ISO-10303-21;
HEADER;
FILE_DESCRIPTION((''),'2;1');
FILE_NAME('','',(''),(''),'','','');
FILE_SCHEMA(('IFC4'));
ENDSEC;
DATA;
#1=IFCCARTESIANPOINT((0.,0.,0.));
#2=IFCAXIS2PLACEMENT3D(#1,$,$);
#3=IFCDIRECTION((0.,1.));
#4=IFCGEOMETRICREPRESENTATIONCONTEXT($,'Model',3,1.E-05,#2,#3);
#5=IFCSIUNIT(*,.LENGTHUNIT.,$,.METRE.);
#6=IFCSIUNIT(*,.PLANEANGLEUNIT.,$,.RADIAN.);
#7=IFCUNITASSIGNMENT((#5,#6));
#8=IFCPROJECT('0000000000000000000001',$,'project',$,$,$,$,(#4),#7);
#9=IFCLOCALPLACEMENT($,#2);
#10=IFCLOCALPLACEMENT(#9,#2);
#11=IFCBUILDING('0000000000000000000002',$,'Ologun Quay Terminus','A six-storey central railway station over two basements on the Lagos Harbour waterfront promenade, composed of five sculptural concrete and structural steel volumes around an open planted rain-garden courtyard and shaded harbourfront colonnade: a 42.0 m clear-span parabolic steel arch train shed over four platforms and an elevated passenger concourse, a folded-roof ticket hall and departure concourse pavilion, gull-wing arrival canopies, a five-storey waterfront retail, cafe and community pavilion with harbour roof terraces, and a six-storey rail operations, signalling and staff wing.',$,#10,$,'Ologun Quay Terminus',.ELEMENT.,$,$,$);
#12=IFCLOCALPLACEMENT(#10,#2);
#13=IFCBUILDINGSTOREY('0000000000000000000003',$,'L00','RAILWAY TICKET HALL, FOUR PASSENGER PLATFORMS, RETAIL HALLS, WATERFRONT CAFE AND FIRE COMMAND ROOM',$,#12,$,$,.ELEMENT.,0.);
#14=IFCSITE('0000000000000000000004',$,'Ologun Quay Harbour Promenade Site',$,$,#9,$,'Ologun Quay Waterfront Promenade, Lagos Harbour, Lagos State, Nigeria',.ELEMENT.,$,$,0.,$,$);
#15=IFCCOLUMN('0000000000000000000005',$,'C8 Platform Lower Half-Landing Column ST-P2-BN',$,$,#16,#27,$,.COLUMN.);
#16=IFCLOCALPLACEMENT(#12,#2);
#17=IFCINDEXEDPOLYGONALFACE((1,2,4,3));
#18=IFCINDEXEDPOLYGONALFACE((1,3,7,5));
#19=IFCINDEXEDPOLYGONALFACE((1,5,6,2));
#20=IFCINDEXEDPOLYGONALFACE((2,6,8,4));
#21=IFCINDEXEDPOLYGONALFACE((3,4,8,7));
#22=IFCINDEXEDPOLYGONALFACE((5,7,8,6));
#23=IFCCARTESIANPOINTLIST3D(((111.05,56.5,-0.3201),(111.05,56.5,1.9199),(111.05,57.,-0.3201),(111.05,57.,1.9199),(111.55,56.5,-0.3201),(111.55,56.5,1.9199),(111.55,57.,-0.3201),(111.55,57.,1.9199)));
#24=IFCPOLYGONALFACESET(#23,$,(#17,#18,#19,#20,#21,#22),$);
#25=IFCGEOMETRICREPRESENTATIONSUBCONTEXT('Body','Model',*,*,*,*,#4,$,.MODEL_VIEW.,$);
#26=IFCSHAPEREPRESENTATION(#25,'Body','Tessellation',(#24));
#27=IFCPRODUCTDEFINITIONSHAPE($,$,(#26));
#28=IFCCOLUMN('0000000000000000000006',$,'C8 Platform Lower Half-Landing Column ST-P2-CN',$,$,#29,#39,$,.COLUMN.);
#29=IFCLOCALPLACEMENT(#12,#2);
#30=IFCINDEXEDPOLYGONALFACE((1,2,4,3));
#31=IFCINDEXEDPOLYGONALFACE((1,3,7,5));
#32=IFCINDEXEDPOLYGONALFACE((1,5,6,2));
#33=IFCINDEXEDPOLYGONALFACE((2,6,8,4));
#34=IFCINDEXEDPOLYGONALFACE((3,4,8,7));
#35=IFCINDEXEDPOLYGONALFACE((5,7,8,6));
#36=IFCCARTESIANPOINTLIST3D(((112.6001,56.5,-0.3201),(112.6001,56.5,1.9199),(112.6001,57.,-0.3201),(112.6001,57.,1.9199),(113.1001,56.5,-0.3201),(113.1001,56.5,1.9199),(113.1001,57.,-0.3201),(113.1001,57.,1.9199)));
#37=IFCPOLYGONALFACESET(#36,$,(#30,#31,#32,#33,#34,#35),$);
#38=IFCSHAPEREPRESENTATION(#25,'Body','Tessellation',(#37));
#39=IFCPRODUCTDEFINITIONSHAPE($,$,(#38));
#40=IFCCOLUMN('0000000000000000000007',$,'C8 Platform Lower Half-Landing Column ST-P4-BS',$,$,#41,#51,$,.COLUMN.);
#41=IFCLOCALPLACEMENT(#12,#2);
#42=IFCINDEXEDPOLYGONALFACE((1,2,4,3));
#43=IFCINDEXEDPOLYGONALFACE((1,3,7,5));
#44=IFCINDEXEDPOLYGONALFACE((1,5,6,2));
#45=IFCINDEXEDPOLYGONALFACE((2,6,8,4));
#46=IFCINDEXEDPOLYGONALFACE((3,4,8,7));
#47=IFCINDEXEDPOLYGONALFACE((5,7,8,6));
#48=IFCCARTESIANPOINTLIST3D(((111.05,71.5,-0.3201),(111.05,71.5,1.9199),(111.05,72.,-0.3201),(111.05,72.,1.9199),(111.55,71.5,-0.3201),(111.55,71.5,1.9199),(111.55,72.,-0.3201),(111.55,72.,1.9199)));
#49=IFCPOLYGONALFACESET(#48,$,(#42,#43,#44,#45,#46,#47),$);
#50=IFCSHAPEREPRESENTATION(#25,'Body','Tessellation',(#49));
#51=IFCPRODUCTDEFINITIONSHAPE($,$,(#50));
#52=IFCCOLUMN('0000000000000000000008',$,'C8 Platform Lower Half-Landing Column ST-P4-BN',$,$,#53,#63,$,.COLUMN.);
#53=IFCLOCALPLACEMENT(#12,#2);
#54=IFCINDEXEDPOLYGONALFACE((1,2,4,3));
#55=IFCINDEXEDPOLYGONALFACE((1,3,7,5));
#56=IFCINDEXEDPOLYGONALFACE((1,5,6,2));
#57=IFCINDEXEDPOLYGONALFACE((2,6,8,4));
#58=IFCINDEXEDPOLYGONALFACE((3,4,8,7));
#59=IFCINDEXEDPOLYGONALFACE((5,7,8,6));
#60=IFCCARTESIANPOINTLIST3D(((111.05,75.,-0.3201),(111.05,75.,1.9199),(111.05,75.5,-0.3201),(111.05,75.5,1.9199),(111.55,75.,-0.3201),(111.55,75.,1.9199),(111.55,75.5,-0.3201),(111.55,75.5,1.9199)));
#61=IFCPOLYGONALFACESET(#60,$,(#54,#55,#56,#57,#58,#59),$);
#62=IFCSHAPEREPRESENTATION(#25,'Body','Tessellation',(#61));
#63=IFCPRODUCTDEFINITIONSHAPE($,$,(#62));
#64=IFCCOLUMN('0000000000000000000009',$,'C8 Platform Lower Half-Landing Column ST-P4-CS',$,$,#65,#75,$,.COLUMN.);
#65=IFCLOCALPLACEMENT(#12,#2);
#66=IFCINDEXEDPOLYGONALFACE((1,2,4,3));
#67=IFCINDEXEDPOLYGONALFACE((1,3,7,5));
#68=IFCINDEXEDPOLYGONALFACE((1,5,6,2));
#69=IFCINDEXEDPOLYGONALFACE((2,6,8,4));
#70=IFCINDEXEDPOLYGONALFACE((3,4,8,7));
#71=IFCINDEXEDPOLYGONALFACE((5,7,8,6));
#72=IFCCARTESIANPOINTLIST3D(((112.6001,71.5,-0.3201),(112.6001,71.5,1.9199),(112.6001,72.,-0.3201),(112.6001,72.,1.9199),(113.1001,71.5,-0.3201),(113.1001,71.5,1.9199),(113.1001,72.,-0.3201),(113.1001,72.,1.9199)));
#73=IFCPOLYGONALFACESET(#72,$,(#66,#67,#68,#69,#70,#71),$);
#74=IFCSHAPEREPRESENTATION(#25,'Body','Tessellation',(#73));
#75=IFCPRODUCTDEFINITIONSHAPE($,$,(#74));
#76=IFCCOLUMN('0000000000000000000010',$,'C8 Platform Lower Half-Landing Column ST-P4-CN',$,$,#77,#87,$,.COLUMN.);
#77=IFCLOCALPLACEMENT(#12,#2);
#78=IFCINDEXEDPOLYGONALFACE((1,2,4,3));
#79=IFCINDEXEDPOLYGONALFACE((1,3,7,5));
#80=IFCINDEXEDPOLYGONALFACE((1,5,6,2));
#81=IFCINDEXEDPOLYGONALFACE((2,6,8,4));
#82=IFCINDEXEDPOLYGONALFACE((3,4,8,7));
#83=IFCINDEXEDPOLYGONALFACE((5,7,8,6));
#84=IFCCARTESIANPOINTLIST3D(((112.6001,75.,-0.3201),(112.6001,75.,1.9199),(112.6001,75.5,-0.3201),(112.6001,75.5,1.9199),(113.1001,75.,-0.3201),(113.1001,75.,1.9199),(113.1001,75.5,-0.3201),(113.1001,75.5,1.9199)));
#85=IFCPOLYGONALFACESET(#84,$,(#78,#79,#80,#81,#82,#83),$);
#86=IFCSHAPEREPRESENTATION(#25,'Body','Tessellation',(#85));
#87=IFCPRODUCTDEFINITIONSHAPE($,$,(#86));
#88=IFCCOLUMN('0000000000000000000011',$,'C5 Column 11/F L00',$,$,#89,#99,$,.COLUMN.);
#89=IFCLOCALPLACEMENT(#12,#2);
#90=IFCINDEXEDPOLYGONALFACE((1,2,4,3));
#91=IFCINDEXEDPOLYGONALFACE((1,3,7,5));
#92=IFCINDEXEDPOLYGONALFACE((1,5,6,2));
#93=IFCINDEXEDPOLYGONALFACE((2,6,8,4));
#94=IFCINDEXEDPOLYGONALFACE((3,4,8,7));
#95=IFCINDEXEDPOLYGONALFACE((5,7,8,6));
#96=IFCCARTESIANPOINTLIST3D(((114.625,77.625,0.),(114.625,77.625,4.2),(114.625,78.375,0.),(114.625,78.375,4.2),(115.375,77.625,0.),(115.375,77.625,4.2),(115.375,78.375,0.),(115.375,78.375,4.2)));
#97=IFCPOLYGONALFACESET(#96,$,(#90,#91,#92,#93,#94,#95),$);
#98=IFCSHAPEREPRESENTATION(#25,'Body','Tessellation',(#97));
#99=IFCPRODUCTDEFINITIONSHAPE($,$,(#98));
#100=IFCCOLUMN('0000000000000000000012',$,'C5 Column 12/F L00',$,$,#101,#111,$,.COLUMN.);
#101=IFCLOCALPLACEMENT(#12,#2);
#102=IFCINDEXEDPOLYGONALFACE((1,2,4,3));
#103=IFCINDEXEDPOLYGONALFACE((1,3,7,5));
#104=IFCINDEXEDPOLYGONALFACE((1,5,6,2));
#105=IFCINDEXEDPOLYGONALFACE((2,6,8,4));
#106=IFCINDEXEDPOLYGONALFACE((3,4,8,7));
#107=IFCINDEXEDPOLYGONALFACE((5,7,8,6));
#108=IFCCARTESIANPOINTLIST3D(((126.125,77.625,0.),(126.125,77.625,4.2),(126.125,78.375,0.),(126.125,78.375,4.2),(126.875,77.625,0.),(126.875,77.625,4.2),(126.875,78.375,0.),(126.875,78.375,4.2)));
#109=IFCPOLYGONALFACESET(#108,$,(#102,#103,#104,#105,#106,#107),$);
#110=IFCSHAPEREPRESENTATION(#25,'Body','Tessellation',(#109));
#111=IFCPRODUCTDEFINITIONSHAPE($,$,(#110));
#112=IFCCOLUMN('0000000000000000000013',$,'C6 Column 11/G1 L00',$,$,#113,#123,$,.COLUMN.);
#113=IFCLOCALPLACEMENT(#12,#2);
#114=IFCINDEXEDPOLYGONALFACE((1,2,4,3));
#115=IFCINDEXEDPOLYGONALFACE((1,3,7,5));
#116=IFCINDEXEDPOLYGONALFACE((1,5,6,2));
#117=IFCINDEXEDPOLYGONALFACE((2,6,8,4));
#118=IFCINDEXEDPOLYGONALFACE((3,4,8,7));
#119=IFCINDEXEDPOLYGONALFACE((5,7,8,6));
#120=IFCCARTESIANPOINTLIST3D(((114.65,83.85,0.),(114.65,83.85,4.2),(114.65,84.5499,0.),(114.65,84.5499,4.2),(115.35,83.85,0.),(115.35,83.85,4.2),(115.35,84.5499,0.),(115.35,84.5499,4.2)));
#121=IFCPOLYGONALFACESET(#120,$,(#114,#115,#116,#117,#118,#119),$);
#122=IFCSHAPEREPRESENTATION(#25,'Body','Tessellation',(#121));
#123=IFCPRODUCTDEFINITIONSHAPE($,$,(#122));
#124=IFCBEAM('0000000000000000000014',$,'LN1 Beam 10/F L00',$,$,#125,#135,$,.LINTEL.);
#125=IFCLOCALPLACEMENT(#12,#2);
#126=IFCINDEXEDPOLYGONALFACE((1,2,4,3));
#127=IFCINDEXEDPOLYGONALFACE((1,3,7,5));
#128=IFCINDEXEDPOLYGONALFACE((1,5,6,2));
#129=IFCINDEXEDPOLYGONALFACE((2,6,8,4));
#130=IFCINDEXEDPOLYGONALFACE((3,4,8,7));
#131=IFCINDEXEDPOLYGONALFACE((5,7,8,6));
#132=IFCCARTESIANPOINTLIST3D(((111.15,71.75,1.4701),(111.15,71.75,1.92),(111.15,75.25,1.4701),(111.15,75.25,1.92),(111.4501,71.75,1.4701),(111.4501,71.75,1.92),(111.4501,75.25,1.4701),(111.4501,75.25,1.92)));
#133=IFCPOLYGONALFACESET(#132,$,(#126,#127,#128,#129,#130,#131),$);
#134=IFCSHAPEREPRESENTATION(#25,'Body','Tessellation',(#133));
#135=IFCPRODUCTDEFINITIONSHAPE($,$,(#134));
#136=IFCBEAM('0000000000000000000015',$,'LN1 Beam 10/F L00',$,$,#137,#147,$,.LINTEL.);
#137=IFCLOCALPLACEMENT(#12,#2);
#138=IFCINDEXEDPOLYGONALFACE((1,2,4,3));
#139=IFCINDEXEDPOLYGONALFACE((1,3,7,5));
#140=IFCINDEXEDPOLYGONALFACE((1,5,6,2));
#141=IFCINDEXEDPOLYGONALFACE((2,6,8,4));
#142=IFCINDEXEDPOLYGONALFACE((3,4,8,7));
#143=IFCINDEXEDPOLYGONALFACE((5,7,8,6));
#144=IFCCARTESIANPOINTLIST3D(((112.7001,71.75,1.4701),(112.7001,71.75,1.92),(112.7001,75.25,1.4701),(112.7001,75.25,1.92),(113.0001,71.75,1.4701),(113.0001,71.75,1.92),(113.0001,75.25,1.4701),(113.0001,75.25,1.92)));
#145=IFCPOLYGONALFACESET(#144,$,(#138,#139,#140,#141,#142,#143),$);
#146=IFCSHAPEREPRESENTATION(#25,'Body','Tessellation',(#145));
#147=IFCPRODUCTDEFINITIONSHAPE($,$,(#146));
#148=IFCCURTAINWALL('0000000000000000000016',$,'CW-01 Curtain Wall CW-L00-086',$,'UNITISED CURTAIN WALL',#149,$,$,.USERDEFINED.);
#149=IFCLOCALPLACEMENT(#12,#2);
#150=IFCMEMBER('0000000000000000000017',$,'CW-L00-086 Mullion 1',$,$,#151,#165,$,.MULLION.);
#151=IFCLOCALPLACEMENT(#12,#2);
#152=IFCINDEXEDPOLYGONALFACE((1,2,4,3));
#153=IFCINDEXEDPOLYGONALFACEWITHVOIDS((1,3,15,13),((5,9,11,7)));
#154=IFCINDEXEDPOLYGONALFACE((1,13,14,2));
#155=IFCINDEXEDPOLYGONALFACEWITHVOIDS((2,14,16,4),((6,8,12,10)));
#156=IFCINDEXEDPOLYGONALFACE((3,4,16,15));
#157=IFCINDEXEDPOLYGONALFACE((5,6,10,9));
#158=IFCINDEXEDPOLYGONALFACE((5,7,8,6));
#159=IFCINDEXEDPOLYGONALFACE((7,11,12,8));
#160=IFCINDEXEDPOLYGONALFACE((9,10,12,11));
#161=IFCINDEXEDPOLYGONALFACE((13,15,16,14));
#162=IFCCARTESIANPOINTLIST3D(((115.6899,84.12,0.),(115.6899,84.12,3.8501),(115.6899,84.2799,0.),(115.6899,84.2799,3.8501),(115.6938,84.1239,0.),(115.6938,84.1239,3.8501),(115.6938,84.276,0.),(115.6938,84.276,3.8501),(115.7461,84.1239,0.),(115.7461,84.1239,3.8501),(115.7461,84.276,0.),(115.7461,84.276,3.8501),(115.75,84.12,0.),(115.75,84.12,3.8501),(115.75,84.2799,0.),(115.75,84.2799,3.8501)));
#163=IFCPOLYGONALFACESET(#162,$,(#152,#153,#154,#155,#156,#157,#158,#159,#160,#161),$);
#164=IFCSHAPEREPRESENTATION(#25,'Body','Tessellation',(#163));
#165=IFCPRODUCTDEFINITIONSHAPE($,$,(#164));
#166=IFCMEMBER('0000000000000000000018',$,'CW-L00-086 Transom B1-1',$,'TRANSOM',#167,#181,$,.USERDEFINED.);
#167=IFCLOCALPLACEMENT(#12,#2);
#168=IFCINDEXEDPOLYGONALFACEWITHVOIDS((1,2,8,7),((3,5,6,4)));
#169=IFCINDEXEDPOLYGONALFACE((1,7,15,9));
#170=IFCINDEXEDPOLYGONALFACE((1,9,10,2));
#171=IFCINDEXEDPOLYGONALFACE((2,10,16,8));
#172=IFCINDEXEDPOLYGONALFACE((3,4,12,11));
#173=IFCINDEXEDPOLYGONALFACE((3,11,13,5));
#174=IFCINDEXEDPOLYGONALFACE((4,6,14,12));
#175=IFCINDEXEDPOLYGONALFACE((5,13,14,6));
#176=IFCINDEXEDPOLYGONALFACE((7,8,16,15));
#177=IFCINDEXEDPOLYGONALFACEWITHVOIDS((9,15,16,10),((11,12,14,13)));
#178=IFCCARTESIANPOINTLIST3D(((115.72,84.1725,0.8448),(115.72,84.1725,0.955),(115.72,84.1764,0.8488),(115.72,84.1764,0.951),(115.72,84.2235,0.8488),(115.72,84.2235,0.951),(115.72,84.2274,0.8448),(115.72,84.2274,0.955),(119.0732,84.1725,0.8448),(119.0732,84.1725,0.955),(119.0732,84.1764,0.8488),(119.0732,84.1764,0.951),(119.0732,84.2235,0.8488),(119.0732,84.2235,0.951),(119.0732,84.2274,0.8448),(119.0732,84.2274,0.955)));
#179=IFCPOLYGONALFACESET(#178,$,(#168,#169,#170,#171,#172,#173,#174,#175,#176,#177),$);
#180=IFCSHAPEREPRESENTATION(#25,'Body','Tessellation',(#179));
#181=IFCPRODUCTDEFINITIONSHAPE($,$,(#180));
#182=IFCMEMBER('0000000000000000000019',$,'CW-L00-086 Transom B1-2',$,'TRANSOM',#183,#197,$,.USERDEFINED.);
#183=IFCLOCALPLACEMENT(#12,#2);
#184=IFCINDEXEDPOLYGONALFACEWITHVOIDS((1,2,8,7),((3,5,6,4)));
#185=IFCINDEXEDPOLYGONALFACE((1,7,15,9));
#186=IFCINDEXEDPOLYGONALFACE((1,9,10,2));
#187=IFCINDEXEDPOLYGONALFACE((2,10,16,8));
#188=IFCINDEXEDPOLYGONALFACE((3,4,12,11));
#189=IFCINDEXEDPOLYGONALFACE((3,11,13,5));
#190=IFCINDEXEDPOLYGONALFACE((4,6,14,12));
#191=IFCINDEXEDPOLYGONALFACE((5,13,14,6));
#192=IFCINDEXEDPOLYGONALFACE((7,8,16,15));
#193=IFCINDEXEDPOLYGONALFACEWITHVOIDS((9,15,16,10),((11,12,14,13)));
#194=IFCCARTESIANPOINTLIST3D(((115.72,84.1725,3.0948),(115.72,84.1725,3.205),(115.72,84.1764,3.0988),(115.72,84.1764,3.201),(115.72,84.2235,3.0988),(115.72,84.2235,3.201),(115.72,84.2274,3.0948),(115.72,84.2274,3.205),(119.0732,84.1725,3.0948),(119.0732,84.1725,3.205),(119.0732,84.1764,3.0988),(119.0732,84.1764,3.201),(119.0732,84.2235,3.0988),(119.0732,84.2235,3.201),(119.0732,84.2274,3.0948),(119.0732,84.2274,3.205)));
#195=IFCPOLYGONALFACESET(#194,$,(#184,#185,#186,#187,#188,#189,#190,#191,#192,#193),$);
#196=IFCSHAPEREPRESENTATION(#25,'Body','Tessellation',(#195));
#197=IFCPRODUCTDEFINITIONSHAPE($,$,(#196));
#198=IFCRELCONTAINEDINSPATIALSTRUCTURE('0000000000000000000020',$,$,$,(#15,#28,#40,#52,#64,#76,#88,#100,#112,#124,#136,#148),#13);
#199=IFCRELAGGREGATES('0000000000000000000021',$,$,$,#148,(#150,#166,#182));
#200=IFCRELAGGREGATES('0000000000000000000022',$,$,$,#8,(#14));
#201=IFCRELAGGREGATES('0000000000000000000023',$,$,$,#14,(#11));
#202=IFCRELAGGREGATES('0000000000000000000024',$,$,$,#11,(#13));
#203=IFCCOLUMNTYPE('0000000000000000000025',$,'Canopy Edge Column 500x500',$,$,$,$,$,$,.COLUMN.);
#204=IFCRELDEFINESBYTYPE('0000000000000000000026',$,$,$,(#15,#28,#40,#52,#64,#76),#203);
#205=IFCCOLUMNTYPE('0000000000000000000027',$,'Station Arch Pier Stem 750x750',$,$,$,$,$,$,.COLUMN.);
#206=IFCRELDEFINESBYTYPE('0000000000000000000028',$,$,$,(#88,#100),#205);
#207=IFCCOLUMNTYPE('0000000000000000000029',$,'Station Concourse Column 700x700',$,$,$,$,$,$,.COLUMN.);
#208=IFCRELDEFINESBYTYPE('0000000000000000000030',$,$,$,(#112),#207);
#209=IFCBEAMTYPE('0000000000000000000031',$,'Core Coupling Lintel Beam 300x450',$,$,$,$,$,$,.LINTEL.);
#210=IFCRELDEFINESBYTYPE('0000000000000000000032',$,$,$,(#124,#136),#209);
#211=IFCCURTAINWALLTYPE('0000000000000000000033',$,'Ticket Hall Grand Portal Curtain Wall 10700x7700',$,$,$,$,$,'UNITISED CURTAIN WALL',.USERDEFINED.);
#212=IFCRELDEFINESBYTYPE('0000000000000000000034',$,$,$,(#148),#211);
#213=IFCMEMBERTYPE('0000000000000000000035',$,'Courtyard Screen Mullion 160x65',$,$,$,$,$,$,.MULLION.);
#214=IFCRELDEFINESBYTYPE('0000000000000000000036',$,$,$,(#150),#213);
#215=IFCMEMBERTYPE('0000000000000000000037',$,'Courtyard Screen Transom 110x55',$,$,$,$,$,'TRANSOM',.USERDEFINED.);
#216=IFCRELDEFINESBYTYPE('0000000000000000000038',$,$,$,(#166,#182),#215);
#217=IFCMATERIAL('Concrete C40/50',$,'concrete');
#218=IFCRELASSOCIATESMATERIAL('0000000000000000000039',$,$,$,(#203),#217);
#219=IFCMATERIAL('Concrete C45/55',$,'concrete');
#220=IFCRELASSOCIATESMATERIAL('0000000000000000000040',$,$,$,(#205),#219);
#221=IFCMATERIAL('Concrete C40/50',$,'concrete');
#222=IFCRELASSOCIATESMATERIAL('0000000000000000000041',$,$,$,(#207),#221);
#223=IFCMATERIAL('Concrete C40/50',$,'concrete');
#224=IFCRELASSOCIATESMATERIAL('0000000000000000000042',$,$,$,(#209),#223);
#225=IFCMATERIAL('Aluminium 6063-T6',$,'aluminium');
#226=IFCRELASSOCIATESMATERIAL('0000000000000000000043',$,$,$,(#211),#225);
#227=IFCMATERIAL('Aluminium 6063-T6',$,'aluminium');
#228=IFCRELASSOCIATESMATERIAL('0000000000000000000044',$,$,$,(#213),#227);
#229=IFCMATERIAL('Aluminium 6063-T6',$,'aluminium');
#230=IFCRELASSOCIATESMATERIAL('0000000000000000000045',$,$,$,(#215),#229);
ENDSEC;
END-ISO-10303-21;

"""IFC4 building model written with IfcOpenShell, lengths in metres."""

from ifc_helpers import new_model, si_unit, direction, frame, origin, origin_2d, place, context, subcontext, project, spatial, rectangle, hollow_rectangle, extrude, material, material_profile, profile_set, type_object, element, aggregate, save


model = new_model("IFC4")

# Units and contexts
model_context = context("Model", 3, precision=1e-05, world=origin(), true_north=direction((0.0, 1.0)))
body_context = subcontext(model_context, "Body", "Model", "MODEL_VIEW")
ifc_project = project(units=[si_unit("LENGTHUNIT", "METRE"), si_unit("PLANEANGLEUNIT", "RADIAN")], contexts=[model_context])

# Site, building, storey
site_placement = place(None, origin())
site = spatial("IfcSite", under=ifc_project, at=site_placement, Name="Ologun Quay Harbour Promenade Site", LongName="Ologun Quay Waterfront Promenade, Lagos Harbour, Lagos State, Nigeria", CompositionType="ELEMENT", RefElevation=0.0)
building_placement = place(site_placement, origin())
building = spatial("IfcBuilding", under=site, at=building_placement, Name="Ologun Quay Terminus", Description="A six-storey central railway station over two basements on the Lagos Harbour waterfront promenade, composed of five sculptural concrete and structural steel volumes around an open planted rain-garden courtyard and shaded harbourfront colonnade: a 42.0 m clear-span parabolic steel arch train shed over four platforms and an elevated passenger concourse, a folded-roof ticket hall and departure concourse pavilion, gull-wing arrival canopies, a five-storey waterfront retail, cafe and community pavilion with harbour roof terraces, and a six-storey rail operations, signalling and staff wing.", LongName="Ologun Quay Terminus", CompositionType="ELEMENT")
storey_placement = place(building_placement, origin())
storey = spatial("IfcBuildingStorey", under=building, at=storey_placement, Name="L00", Description="RAILWAY TICKET HALL, FOUR PASSENGER PLATFORMS, RETAIL HALLS, WATERFRONT CAFE AND FIRE COMMAND ROOM", CompositionType="ELEMENT", Elevation=0.0)

# Columns
ifc_material_1 = material(Name="Concrete C40/50", Category="concrete")
ifc_material_profile_1 = material_profile(ifc_material_1, rectangle(XDim=0.5, YDim=0.5, at=origin_2d()), Name="RC 500x500")
ifc_profile_set_1 = profile_set([ifc_material_profile_1], Name="Concrete C40/50")
column_type_1 = type_object("IfcColumnType", Name="Canopy Edge Column 500x500", PredefinedType="COLUMN", material=ifc_profile_set_1)
for number, where, z_axis, x_axis, name in (
    (1, (111.3, 56.75, -0.3201), (0.0, 0.0, 1.0), (1.0, 0.0, 0.0), "C8 Platform Lower Half-Landing Column ST-P2-BN"),
    (2, (112.8501, 56.75, -0.3201), (0.0, 0.0, 1.0), (1.0, 0.0, 0.0), "C8 Platform Lower Half-Landing Column ST-P2-CN"),
    (3, (111.3, 71.75, -0.3201), (0.0, 0.0, 1.0), (1.0, 0.0, 0.0), "C8 Platform Lower Half-Landing Column ST-P4-BS"),
    (4, (111.3, 75.25, -0.3201), (0.0, 0.0, 1.0), (1.0, 0.0, 0.0), "C8 Platform Lower Half-Landing Column ST-P4-BN"),
    (5, (112.8501, 71.75, -0.3201), (0.0, 0.0, 1.0), (1.0, 0.0, 0.0), "C8 Platform Lower Half-Landing Column ST-P4-CS"),
    (6, (112.8501, 75.25, -0.3201), (0.0, 0.0, 1.0), (1.0, 0.0, 0.0), "C8 Platform Lower Half-Landing Column ST-P4-CN"),
):
    element("IfcColumn", number, at=place(storey_placement, frame(where, z_axis=z_axis, x_axis=x_axis)), inside=storey, type_object=column_type_1, Name=name, PredefinedType="COLUMN", context=body_context, shape_type="SweptSolid", body=[
        extrude(rectangle(XDim=0.5, YDim=0.5, at=origin_2d()), origin(), (0.0, 0.0, 1.0), 2.24),
    ])
ifc_material_2 = material(Name="Concrete C45/55", Category="concrete")
ifc_material_profile_2 = material_profile(ifc_material_2, rectangle(XDim=0.75, YDim=0.75, at=origin_2d()), Name="RC 750x750")
ifc_profile_set_2 = profile_set([ifc_material_profile_2], Name="Concrete C45/55")
column_type_2 = type_object("IfcColumnType", Name="Station Arch Pier Stem 750x750", PredefinedType="COLUMN", material=ifc_profile_set_2)
for number, where, z_axis, x_axis, name in (
    (7, (115.0, 78.0, 0.0), (0.0, 0.0, 1.0), (1.0, 0.0, 0.0), "C5 Column 11/F L00"),
    (8, (126.5, 78.0, 0.0), (0.0, 0.0, 1.0), (1.0, 0.0, 0.0), "C5 Column 12/F L00"),
):
    element("IfcColumn", number, at=place(storey_placement, frame(where, z_axis=z_axis, x_axis=x_axis)), inside=storey, type_object=column_type_2, Name=name, PredefinedType="COLUMN", context=body_context, shape_type="SweptSolid", body=[
        extrude(rectangle(XDim=0.75, YDim=0.75, at=origin_2d()), origin(), (0.0, 0.0, 1.0), 4.2),
    ])
ifc_material_3 = material(Name="Concrete C40/50", Category="concrete")
ifc_material_profile_3 = material_profile(ifc_material_3, rectangle(XDim=0.7, YDim=0.7, at=origin_2d()), Name="RC 700x700")
ifc_profile_set_3 = profile_set([ifc_material_profile_3], Name="Concrete C40/50")
column_type_3 = type_object("IfcColumnType", Name="Station Concourse Column 700x700", PredefinedType="COLUMN", material=ifc_profile_set_3)
column_placement = place(storey_placement, frame((115.0, 84.2, 0.0), z_axis=(0.0, 0.0, 1.0), x_axis=(1.0, 0.0, 0.0)))
element("IfcColumn", 9, at=column_placement, inside=storey, type_object=column_type_3, Name="C6 Column 11/G1 L00", PredefinedType="COLUMN", context=body_context, shape_type="SweptSolid", body=[
    extrude(rectangle(XDim=0.7, YDim=0.7, at=origin_2d()), origin(), (0.0, 0.0, 1.0), 4.2),
])

# Beams
ifc_material_4 = material(Name="Concrete C40/50", Category="concrete")
ifc_material_profile_4 = material_profile(ifc_material_4, rectangle(XDim=0.3, YDim=0.45, at=origin_2d()), Name="RC 300x450")
ifc_profile_set_4 = profile_set([ifc_material_profile_4], Name="Concrete C40/50")
beam_type_1 = type_object("IfcBeamType", Name="Core Coupling Lintel Beam 300x450", PredefinedType="LINTEL", material=ifc_profile_set_4)
for number, where, z_axis, x_axis, name in (
    (10, (111.3, 71.75, 1.6951), (0.0, 1.0, 0.0), (-1.0, 0.0, 0.0), "LN1 Beam 10/F L00"),
    (11, (112.8501, 71.75, 1.6951), (0.0, 1.0, 0.0), (-1.0, 0.0, 0.0), "LN1 Beam 10/F L00"),
):
    element("IfcBeam", number, at=place(storey_placement, frame(where, z_axis=z_axis, x_axis=x_axis)), inside=storey, type_object=beam_type_1, Name=name, PredefinedType="LINTEL", context=body_context, shape_type="SweptSolid", body=[
        extrude(rectangle(XDim=0.3, YDim=0.45, at=origin_2d()), origin(), (0.0, 0.0, 1.0), 3.5),
    ])

# Curtain wall, members
ifc_material_5 = material(Name="Aluminium 6063-T6", Category="aluminium")
curtain_wall_type = type_object("IfcCurtainWallType", Name="Ticket Hall Grand Portal Curtain Wall 10700x7700", ElementType="UNITISED CURTAIN WALL", PredefinedType="USERDEFINED", material=ifc_material_5)
curtain_wall_placement = place(storey_placement, origin())
curtain_wall = element("IfcCurtainWall", 12, at=curtain_wall_placement, inside=storey, type_object=curtain_wall_type, Name="CW-01 Curtain Wall CW-L00-086", ObjectType="UNITISED CURTAIN WALL", PredefinedType="USERDEFINED")
ifc_material_6 = material(Name="Aluminium 6063-T6", Category="aluminium")
ifc_material_profile_5 = material_profile(ifc_material_6, hollow_rectangle(XDim=0.0601, YDim=0.1599, WallThickness=0.0039, at=origin_2d()), Name="ALU 160x60x4")
ifc_profile_set_5 = profile_set([ifc_material_profile_5], Name="Aluminium 6063-T6")
member_type_1 = type_object("IfcMemberType", Name="Courtyard Screen Mullion 160x65", PredefinedType="MULLION", material=ifc_profile_set_5)
member_1_placement = place(storey_placement, frame((115.72, 84.2, 0.0), z_axis=(0.0, 0.0, 1.0), x_axis=(1.0, 0.0, 0.0)))
member_1 = element("IfcMember", 13, at=member_1_placement, type_object=member_type_1, Name="CW-L00-086 Mullion 1", PredefinedType="MULLION", context=body_context, shape_type="SweptSolid", body=[
    extrude(hollow_rectangle(XDim=0.0601, YDim=0.1599, WallThickness=0.0039, at=origin_2d()), origin(), (0.0, 0.0, 1.0), 3.8501),
])
ifc_material_7 = material(Name="Aluminium 6063-T6", Category="aluminium")
ifc_material_profile_6 = material_profile(ifc_material_7, hollow_rectangle(XDim=0.0549, YDim=0.1101, WallThickness=0.0039, at=origin_2d()), Name="ALU 110x55x4")
ifc_profile_set_6 = profile_set([ifc_material_profile_6], Name="Aluminium 6063-T6")
member_type_2 = type_object("IfcMemberType", Name="Courtyard Screen Transom 110x55", ElementType="TRANSOM", PredefinedType="USERDEFINED", material=ifc_profile_set_6)
member_2_placement = place(storey_placement, frame((115.72, 84.2, 0.8999), z_axis=(1.0, 0.0, 0.0), x_axis=(0.0, 1.0, 0.0)))
member_2 = element("IfcMember", 14, at=member_2_placement, type_object=member_type_2, Name="CW-L00-086 Transom B1-1", ObjectType="TRANSOM", PredefinedType="USERDEFINED", context=body_context, shape_type="SweptSolid", body=[
    extrude(hollow_rectangle(XDim=0.0549, YDim=0.1101, WallThickness=0.0039, at=origin_2d()), origin(), (0.0, 0.0, 1.0), 3.3533),
])
member_3_placement = place(storey_placement, frame((115.72, 84.2, 3.1499), z_axis=(1.0, 0.0, 0.0), x_axis=(0.0, 1.0, 0.0)))
member_3 = element("IfcMember", 15, at=member_3_placement, type_object=member_type_2, Name="CW-L00-086 Transom B1-2", ObjectType="TRANSOM", PredefinedType="USERDEFINED", context=body_context, shape_type="SweptSolid", body=[
    extrude(hollow_rectangle(XDim=0.0549, YDim=0.1101, WallThickness=0.0039, at=origin_2d()), origin(), (0.0, 0.0, 1.0), 3.3533),
])

aggregate(curtain_wall, [member_1, member_2, member_3])

save(model, "model.ifc")
